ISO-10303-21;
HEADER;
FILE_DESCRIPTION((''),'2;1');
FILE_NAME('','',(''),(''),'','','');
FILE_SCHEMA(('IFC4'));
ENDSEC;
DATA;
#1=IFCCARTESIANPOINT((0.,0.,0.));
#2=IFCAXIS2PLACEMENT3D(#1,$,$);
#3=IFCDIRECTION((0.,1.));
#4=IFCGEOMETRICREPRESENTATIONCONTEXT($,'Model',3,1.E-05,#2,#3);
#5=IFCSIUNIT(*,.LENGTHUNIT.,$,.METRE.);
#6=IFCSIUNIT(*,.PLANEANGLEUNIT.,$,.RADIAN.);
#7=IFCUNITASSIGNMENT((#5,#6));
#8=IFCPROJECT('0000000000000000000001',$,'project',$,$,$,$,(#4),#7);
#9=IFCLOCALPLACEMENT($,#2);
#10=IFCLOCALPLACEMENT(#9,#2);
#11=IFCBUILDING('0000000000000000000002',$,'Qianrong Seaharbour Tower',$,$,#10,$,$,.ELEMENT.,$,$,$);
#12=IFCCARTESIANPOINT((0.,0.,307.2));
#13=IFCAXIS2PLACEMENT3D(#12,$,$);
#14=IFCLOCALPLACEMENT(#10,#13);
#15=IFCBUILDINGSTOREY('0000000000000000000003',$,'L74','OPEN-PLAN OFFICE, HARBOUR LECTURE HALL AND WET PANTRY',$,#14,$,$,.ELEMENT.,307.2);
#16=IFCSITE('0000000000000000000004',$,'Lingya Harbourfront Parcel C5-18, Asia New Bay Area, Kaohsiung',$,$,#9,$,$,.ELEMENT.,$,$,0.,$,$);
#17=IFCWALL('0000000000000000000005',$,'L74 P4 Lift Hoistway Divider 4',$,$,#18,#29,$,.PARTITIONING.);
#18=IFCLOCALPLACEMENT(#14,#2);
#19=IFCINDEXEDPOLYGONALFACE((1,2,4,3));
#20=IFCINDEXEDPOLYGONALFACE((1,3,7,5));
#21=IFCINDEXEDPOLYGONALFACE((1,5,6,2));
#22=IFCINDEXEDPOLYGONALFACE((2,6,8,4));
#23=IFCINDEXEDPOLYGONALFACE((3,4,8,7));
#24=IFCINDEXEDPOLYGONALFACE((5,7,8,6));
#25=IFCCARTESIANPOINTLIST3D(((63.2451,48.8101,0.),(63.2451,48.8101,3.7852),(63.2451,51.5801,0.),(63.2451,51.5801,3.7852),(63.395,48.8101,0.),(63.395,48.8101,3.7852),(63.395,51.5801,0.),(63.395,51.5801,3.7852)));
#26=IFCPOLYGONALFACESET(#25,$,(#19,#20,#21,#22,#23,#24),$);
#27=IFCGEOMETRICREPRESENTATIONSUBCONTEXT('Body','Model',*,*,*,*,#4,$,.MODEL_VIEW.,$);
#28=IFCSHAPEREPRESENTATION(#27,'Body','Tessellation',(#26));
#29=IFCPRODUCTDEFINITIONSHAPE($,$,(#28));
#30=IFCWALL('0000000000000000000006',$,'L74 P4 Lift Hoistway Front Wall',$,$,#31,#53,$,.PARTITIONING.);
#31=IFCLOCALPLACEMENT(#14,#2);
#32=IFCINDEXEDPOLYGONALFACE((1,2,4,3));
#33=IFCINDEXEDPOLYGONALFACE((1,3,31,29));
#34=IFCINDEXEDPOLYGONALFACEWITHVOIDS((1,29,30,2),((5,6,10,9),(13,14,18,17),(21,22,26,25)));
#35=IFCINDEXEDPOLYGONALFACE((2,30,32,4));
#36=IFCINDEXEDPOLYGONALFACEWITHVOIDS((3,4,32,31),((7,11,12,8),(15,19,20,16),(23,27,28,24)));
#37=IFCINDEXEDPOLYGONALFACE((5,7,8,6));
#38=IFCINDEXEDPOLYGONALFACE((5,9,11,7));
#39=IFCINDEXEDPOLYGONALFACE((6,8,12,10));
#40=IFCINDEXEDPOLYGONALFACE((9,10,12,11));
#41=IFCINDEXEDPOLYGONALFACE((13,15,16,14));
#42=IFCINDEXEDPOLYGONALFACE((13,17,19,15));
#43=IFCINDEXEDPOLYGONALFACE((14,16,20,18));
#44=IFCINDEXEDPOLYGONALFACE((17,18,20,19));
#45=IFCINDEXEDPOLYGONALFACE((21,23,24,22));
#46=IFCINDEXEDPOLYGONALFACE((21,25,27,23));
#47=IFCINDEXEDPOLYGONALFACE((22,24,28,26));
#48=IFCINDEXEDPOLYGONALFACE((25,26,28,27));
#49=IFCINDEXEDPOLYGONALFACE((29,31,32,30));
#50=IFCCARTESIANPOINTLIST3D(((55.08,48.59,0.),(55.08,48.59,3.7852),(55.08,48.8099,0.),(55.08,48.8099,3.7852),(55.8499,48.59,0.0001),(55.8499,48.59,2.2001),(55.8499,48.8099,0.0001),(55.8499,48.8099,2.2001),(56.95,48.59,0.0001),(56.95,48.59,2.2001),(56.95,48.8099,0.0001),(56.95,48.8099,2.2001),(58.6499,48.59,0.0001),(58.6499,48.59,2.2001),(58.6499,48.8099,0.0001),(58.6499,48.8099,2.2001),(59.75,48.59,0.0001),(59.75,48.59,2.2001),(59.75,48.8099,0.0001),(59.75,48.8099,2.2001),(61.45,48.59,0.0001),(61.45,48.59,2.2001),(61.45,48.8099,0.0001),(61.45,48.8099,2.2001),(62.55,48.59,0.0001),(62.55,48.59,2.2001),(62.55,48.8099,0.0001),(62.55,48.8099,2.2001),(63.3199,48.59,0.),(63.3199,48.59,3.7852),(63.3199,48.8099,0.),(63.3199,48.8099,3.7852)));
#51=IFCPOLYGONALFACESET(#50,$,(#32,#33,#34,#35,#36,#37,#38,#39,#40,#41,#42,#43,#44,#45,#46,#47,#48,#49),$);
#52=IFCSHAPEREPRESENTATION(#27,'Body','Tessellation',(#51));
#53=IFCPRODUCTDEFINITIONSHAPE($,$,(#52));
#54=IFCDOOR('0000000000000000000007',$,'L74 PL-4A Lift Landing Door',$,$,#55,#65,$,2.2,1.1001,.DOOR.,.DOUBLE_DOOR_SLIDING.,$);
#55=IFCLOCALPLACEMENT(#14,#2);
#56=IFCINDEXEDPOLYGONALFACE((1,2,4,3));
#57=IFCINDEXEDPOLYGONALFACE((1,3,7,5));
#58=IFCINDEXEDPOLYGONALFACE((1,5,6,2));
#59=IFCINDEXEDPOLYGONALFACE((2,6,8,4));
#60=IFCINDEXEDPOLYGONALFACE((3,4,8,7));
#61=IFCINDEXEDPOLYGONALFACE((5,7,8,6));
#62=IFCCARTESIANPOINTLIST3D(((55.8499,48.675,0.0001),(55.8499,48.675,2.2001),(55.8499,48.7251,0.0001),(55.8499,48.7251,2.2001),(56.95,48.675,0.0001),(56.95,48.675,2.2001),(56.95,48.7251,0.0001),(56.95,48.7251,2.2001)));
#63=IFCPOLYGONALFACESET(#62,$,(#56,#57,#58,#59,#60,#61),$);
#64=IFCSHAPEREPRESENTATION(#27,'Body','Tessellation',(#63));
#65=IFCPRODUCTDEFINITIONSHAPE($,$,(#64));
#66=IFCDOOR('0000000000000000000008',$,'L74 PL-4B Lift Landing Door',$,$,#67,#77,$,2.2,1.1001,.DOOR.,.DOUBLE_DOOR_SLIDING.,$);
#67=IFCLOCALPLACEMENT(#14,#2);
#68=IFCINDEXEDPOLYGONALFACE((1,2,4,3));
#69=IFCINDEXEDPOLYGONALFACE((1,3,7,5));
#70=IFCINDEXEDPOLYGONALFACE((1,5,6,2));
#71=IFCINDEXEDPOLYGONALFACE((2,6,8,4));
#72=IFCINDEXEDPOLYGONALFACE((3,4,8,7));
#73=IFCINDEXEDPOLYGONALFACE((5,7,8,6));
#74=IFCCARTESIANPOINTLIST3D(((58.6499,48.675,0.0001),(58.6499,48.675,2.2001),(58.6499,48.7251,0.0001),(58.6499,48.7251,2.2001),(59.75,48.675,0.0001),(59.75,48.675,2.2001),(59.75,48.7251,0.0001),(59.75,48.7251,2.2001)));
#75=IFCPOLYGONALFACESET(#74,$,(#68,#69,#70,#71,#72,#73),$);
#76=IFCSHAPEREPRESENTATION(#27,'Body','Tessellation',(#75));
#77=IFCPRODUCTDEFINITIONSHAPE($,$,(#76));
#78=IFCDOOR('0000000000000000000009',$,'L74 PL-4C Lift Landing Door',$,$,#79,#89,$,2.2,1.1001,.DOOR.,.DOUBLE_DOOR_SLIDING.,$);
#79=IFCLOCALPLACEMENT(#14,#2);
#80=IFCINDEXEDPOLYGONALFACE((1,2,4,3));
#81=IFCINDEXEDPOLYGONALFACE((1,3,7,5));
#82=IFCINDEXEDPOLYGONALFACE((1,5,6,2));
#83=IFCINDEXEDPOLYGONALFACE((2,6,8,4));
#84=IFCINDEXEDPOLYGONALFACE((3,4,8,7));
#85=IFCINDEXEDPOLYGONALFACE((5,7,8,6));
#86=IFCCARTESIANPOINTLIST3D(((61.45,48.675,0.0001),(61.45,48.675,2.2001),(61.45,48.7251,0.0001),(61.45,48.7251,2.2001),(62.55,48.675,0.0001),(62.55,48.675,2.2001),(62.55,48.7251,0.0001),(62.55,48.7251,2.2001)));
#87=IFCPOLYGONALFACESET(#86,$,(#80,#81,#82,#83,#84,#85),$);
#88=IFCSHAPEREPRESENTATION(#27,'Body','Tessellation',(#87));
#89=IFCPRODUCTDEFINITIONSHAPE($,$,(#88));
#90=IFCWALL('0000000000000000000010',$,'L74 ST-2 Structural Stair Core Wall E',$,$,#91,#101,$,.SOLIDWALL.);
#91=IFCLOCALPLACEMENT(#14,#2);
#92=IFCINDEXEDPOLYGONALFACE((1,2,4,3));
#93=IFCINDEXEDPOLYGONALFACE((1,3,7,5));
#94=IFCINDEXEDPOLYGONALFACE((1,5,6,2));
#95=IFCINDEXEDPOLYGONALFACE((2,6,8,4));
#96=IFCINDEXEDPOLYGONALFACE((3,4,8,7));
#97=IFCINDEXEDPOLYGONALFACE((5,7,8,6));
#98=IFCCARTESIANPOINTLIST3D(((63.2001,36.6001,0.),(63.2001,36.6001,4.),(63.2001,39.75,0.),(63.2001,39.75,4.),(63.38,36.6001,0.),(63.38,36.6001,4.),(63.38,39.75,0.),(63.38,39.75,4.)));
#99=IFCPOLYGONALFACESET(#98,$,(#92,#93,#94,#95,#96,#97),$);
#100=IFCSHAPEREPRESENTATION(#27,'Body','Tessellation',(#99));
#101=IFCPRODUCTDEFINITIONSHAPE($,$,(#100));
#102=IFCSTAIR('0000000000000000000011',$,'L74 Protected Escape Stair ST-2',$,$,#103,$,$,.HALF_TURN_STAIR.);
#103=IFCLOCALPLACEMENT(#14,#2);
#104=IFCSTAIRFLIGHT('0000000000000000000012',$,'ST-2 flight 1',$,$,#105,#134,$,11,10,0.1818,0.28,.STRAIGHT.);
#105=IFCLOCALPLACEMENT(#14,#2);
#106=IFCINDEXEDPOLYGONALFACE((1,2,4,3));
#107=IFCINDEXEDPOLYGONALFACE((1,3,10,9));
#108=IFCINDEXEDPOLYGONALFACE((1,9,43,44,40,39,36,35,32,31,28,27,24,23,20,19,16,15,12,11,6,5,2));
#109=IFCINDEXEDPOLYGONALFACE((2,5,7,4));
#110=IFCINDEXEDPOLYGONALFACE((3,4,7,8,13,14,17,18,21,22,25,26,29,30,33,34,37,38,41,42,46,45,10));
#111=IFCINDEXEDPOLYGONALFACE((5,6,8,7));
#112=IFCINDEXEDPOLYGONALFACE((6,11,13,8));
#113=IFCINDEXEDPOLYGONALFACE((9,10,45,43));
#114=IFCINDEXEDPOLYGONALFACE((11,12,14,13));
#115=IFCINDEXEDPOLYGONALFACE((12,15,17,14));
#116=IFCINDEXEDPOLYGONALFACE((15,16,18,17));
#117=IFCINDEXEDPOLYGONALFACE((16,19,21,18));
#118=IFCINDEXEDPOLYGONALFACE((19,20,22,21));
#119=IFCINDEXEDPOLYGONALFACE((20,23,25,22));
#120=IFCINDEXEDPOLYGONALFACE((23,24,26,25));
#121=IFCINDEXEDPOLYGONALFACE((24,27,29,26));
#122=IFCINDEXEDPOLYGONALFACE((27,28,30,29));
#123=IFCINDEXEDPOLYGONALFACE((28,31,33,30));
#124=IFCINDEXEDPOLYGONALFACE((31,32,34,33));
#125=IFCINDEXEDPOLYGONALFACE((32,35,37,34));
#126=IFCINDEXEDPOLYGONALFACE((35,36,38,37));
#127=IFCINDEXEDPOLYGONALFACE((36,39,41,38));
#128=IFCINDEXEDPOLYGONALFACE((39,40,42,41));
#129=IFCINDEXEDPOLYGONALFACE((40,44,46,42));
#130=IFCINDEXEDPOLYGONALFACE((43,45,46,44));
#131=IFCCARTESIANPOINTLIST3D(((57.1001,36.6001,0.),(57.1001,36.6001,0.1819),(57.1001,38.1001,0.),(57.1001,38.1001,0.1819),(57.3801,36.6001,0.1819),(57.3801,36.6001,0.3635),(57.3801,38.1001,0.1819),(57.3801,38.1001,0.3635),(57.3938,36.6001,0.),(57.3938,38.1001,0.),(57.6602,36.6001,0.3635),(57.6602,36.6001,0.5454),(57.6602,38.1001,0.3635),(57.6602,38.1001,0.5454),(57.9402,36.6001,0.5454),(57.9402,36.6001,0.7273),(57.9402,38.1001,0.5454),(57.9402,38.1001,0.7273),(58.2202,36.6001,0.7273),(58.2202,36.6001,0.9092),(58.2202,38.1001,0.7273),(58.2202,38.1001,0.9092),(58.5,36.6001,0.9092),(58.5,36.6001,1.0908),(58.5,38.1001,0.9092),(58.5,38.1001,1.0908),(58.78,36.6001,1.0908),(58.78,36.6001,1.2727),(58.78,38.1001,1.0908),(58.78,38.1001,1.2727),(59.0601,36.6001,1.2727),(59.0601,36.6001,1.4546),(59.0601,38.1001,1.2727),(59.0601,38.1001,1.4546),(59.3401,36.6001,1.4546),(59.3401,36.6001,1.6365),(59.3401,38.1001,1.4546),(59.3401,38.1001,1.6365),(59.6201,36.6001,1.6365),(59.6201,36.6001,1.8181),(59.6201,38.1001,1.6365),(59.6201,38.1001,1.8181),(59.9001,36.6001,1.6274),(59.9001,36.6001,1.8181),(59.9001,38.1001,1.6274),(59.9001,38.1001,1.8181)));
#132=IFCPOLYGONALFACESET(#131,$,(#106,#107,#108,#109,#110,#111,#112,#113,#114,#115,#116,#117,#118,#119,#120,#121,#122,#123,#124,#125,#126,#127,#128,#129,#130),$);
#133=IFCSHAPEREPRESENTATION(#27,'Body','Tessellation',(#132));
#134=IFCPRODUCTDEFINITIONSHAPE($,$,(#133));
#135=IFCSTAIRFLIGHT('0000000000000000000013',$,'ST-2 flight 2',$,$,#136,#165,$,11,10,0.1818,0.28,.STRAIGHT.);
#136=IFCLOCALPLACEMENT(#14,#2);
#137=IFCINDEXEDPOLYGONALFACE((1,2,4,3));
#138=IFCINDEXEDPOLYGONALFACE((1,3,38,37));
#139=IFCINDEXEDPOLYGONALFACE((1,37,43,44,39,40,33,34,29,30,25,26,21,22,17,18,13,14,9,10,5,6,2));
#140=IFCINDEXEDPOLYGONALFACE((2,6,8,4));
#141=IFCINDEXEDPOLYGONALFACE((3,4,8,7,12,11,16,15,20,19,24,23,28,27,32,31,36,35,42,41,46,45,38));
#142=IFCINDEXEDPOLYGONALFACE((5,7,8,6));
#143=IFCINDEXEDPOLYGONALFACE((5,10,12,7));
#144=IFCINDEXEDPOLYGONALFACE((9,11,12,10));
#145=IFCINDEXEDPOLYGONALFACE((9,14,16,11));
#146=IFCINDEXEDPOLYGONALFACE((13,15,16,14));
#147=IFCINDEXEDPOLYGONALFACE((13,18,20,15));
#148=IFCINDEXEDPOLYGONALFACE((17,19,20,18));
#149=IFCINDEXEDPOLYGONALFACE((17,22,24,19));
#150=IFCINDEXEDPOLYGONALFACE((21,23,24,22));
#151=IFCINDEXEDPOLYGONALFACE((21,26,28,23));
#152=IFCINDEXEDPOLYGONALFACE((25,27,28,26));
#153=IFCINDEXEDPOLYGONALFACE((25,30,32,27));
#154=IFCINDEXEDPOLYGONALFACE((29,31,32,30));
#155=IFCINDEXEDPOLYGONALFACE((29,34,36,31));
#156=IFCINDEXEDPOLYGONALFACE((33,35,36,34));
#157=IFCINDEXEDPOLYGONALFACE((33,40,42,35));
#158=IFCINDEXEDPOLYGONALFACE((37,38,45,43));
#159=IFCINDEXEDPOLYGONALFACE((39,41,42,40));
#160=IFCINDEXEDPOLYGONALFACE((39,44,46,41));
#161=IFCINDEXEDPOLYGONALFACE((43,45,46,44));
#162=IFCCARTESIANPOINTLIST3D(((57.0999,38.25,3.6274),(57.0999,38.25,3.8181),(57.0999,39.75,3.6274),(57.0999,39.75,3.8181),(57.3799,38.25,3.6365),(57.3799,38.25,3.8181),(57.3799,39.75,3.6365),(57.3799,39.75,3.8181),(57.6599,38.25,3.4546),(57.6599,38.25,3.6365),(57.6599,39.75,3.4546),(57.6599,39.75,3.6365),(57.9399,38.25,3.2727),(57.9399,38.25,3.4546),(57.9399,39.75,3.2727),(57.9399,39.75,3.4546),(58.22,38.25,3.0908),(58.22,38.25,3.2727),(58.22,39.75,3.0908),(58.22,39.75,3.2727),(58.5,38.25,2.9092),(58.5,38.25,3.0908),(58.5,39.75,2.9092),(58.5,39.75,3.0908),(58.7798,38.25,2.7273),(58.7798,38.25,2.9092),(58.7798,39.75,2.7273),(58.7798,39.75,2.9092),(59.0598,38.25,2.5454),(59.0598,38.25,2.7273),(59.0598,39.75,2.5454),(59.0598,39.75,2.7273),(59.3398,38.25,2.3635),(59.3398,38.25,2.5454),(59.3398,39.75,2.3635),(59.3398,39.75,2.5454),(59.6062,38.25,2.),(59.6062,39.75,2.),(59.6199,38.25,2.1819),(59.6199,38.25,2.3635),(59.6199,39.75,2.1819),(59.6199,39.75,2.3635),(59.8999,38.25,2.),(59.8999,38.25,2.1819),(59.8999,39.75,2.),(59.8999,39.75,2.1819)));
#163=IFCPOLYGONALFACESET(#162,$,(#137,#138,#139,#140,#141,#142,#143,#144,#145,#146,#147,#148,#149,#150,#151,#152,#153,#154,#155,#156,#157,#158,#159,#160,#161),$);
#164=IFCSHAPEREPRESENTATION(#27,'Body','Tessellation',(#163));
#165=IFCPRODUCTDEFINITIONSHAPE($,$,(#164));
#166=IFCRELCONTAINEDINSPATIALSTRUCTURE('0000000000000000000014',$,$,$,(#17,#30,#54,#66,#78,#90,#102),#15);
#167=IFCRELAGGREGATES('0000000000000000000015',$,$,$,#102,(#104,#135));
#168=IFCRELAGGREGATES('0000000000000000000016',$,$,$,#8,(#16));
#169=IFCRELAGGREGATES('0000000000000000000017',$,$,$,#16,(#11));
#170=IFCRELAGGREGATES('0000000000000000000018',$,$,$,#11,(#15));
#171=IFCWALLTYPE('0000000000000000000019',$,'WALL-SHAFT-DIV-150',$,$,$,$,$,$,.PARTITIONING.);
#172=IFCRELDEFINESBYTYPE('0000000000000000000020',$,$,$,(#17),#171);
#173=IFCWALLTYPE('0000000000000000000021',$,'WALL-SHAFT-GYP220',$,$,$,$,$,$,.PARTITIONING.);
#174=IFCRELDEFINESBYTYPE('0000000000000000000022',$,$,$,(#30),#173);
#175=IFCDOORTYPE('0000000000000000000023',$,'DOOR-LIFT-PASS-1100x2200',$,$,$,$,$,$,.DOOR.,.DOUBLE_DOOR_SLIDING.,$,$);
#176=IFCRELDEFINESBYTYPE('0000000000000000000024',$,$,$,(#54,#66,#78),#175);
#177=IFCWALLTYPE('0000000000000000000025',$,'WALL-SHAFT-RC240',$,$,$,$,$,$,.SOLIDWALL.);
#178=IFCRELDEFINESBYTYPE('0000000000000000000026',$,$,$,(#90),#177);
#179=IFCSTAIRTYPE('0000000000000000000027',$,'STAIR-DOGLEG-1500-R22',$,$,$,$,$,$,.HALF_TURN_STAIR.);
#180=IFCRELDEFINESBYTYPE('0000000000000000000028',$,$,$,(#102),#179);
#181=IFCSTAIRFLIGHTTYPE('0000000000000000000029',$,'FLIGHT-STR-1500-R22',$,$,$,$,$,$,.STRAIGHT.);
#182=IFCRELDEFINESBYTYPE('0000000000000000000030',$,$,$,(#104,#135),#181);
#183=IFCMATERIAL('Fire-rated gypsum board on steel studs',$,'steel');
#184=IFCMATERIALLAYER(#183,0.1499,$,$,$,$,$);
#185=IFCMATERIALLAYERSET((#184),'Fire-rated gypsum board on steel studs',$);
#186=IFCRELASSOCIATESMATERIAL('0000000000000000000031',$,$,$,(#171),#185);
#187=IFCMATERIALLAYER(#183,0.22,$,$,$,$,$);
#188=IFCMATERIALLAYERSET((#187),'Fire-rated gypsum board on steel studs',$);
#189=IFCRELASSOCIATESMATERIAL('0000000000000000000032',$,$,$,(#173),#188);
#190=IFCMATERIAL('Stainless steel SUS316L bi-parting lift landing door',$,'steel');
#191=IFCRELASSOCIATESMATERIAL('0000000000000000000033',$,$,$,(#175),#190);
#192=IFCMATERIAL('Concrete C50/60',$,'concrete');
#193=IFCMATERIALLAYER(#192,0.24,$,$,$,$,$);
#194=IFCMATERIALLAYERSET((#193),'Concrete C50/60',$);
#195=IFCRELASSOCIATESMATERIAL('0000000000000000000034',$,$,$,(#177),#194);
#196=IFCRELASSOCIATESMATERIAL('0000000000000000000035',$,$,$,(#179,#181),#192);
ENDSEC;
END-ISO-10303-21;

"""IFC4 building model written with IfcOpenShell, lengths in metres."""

from ifc_helpers import new_model, si_unit, direction, frame, frame_2d, origin, place, context, subcontext, project, spatial, polyline, rectangle, outline, extrude, material, layer, layer_set, type_object, element, fill, aggregate, save


model = new_model("IFC4")

# Units and contexts
model_context = context("Model", 3, precision=1e-05, world=origin(), true_north=direction((0.0, 1.0)))
body_context = subcontext(model_context, "Body", "Model", "MODEL_VIEW")
ifc_project = project(units=[si_unit("LENGTHUNIT", "METRE"), si_unit("PLANEANGLEUNIT", "RADIAN")], contexts=[model_context])

# Site, building, storey
site_placement = place(None, origin())
site = spatial("IfcSite", under=ifc_project, at=site_placement, Name="Lingya Harbourfront Parcel C5-18, Asia New Bay Area, Kaohsiung", CompositionType="ELEMENT", RefElevation=0.0)
building_placement = place(site_placement, origin())
building = spatial("IfcBuilding", under=site, at=building_placement, Name="Qianrong Seaharbour Tower", CompositionType="ELEMENT")
storey_placement = place(building_placement, frame((0.0, 0.0, 307.2)))
storey = spatial("IfcBuildingStorey", under=building, at=storey_placement, Name="L74", Description="OPEN-PLAN OFFICE, HARBOUR LECTURE HALL AND WET PANTRY", CompositionType="ELEMENT", Elevation=307.2)

# Wall
ifc_material_1 = material(Name="Fire-rated gypsum board on steel studs", Category="steel")
ifc_layer_1 = layer(ifc_material_1, 0.1499)
ifc_layer_set_1 = layer_set([ifc_layer_1], Name="Fire-rated gypsum board on steel studs")
wall_type_1 = type_object("IfcWallType", Name="WALL-SHAFT-DIV-150", PredefinedType="PARTITIONING", material=ifc_layer_set_1)
for number, where, z_axis, x_axis, name in (
    (1, (63.3201, 48.8101, 0.0), (0.0, 0.0, 1.0), (0.0, 1.0, 0.0), "L74 P4 Lift Hoistway Divider 4"),
):
    element("IfcWall", number, at=place(storey_placement, frame(where, z_axis=z_axis, x_axis=x_axis)), inside=storey, type_object=wall_type_1, Name=name, PredefinedType="PARTITIONING", context=body_context, shape_type="SweptSolid", body=[
        extrude(rectangle(XDim=2.77, YDim=0.1499, at=frame_2d((1.385, 0.0))), origin(), (0.0, 0.0, 1.0), 3.7852),
    ])

# Wall, openings, doors
ifc_layer_2 = layer(ifc_material_1, 0.22)
ifc_layer_set_2 = layer_set([ifc_layer_2], Name="Fire-rated gypsum board on steel studs")
wall_type_2 = type_object("IfcWallType", Name="WALL-SHAFT-GYP220", PredefinedType="PARTITIONING", material=ifc_layer_set_2)
wall_1_placement = place(storey_placement, frame((63.3201, 48.7, 0.0), z_axis=(0.0, 0.0, 1.0), x_axis=(-1.0, 0.0, 0.0)))
wall_1 = element("IfcWall", 2, at=wall_1_placement, inside=storey, type_object=wall_type_2, Name="L74 P4 Lift Hoistway Front Wall", PredefinedType="PARTITIONING", context=body_context, shape_type="SweptSolid", body=[
    extrude(rectangle(XDim=8.24, YDim=0.22, at=frame_2d((4.1201, 0.0))), origin(), (0.0, 0.0, 1.0), 3.7852),
])
opening_1_placement = place(wall_1_placement, frame((6.3701, 0.0, 0.0)))
opening_1 = element("IfcOpeningElement", 3, at=opening_1_placement, cuts=wall_1, PredefinedType="OPENING", context=body_context, shape_type="SweptSolid", body=[
    extrude(rectangle(XDim=1.1001, YDim=2.2, at=frame_2d((0.55, 1.1001))), frame((0.0, 0.1201, 0.0), z_axis=(0.0, -1.0, 0.0), x_axis=(1.0, 0.0, 0.0)), (0.0, 0.0, 1.0), 0.24),
])
opening_2_placement = place(wall_1_placement, frame((3.5701, 0.0, 0.0)))
opening_2 = element("IfcOpeningElement", 4, at=opening_2_placement, cuts=wall_1, PredefinedType="OPENING", context=body_context, shape_type="SweptSolid", body=[
    extrude(rectangle(XDim=1.1001, YDim=2.2, at=frame_2d((0.55, 1.1001))), frame((0.0, 0.1201, 0.0), z_axis=(0.0, -1.0, 0.0), x_axis=(1.0, 0.0, 0.0)), (0.0, 0.0, 1.0), 0.24),
])
opening_3_placement = place(wall_1_placement, frame((0.77, 0.0, 0.0)))
opening_3 = element("IfcOpeningElement", 5, at=opening_3_placement, cuts=wall_1, PredefinedType="OPENING", context=body_context, shape_type="SweptSolid", body=[
    extrude(rectangle(XDim=1.1001, YDim=2.2, at=frame_2d((0.55, 1.1001))), frame((0.0, 0.1201, 0.0), z_axis=(0.0, -1.0, 0.0), x_axis=(1.0, 0.0, 0.0)), (0.0, 0.0, 1.0), 0.24),
])
ifc_material_2 = material(Name="Stainless steel SUS316L bi-parting lift landing door", Category="steel")
door_type_1 = type_object("IfcDoorType", Name="DOOR-LIFT-PASS-1100x2200", OperationType="DOUBLE_DOOR_SLIDING", PredefinedType="DOOR", material=ifc_material_2)
door_1_placement = place(opening_1_placement, origin())
door_1 = element("IfcDoor", 6, at=door_1_placement, inside=storey, type_object=door_type_1, Name="L74 PL-4A Lift Landing Door", OperationType="DOUBLE_DOOR_SLIDING", OverallHeight=2.2, OverallWidth=1.1001, PredefinedType="DOOR", context=body_context, shape_type="SweptSolid", body=[
    extrude(rectangle(XDim=1.1001, YDim=2.2, at=frame_2d((0.55, 1.1001))), frame((0.0, 0.0249, 0.0), z_axis=(0.0, -1.0, 0.0), x_axis=(1.0, 0.0, 0.0)), (0.0, 0.0, 1.0), 0.05),
])
fill(opening_1, door_1)
door_2_placement = place(opening_2_placement, origin())
door_2 = element("IfcDoor", 7, at=door_2_placement, inside=storey, type_object=door_type_1, Name="L74 PL-4B Lift Landing Door", OperationType="DOUBLE_DOOR_SLIDING", OverallHeight=2.2, OverallWidth=1.1001, PredefinedType="DOOR", context=body_context, shape_type="SweptSolid", body=[
    extrude(rectangle(XDim=1.1001, YDim=2.2, at=frame_2d((0.55, 1.1001))), frame((0.0, 0.0249, 0.0), z_axis=(0.0, -1.0, 0.0), x_axis=(1.0, 0.0, 0.0)), (0.0, 0.0, 1.0), 0.05),
])
fill(opening_2, door_2)
door_3_placement = place(opening_3_placement, origin())
door_3 = element("IfcDoor", 8, at=door_3_placement, inside=storey, type_object=door_type_1, Name="L74 PL-4C Lift Landing Door", OperationType="DOUBLE_DOOR_SLIDING", OverallHeight=2.2, OverallWidth=1.1001, PredefinedType="DOOR", context=body_context, shape_type="SweptSolid", body=[
    extrude(rectangle(XDim=1.1001, YDim=2.2, at=frame_2d((0.55, 1.1001))), frame((0.0, 0.0249, 0.0), z_axis=(0.0, -1.0, 0.0), x_axis=(1.0, 0.0, 0.0)), (0.0, 0.0, 1.0), 0.05),
])
fill(opening_3, door_3)

# Wall
ifc_material_3 = material(Name="Concrete C50/60", Category="concrete")
ifc_layer_3 = layer(ifc_material_3, 0.24)
ifc_layer_set_3 = layer_set([ifc_layer_3], Name="Concrete C50/60")
wall_type_3 = type_object("IfcWallType", Name="WALL-SHAFT-RC240", PredefinedType="SOLIDWALL", material=ifc_layer_set_3)
wall_2_placement = place(storey_placement, frame((63.29, 36.6001, 0.0), z_axis=(0.0, 0.0, 1.0), x_axis=(0.0, 1.0, 0.0)))
element("IfcWall", 9, at=wall_2_placement, inside=storey, type_object=wall_type_3, Name="L74 ST-2 Structural Stair Core Wall E", PredefinedType="SOLIDWALL", context=body_context, shape_type="SweptSolid", body=[
    extrude(rectangle(XDim=3.1499, YDim=0.1799, at=frame_2d((1.575, 0.0))), origin(), (0.0, 0.0, 1.0), 4.0),
])

# Stair, stair flights
stair_type = type_object("IfcStairType", Name="STAIR-DOGLEG-1500-R22", PredefinedType="HALF_TURN_STAIR", material=ifc_material_3)
stair_placement = place(storey_placement, origin())
stair = element("IfcStair", 10, at=stair_placement, inside=storey, type_object=stair_type, Name="L74 Protected Escape Stair ST-2", PredefinedType="HALF_TURN_STAIR")
stair_flight_type = type_object("IfcStairFlightType", Name="FLIGHT-STR-1500-R22", PredefinedType="STRAIGHT", material=ifc_material_3)
stair_flight_1_placement = place(storey_placement, frame((57.1001, 37.3501, 0.0), z_axis=(0.0, 0.0, 1.0), x_axis=(1.0, 0.0, 0.0)))
stair_flight_1 = element("IfcStairFlight", 11, at=stair_flight_1_placement, type_object=stair_flight_type, Name="ST-2 flight 1", NumberOfRisers=11, NumberOfTreads=10, PredefinedType="STRAIGHT", RiserHeight=0.1818, TreadLength=0.28, context=body_context, shape_type="SweptSolid", body=[
    extrude(outline(polyline([(0.0, 0.0), (0.0, 0.1819), (0.28, 0.1819), (0.28, 0.3635), (0.5601, 0.3635), (0.5601, 0.5454), (0.8401, 0.5454), (0.8401, 0.7273), (1.1201, 0.7273), (1.1201, 0.9092), (1.3999, 0.9092), (1.3999, 1.0908), (1.6799, 1.0908), (1.6799, 1.2727), (1.96, 1.2727), (1.96, 1.4546), (2.24, 1.4546), (2.24, 1.6365), (2.52, 1.6365), (2.52, 1.8181), (2.8, 1.8181), (2.8, 2.0), (2.8, 1.6274), (0.2937, 0.0), (0.0, 0.0)])), frame((0.0, 0.75, 0.0), z_axis=(0.0, -1.0, 0.0), x_axis=(1.0, 0.0, 0.0)), (0.0, 0.0, 1.0), 1.5),
])
stair_flight_2_placement = place(storey_placement, frame((59.8999, 39.0, 2.0), z_axis=(0.0, 0.0, 1.0), x_axis=(-1.0, 0.0, 0.0)))
stair_flight_2 = element("IfcStairFlight", 12, at=stair_flight_2_placement, type_object=stair_flight_type, Name="ST-2 flight 2", NumberOfRisers=11, NumberOfTreads=10, PredefinedType="STRAIGHT", RiserHeight=0.1818, TreadLength=0.28, context=body_context, shape_type="SweptSolid", body=[
    extrude(outline(polyline([(0.0, 0.0), (0.0, 0.1819), (0.28, 0.1819), (0.28, 0.3635), (0.5601, 0.3635), (0.5601, 0.5454), (0.8401, 0.5454), (0.8401, 0.7273), (1.1201, 0.7273), (1.1201, 0.9092), (1.3999, 0.9092), (1.3999, 1.0908), (1.6799, 1.0908), (1.6799, 1.2727), (1.96, 1.2727), (1.96, 1.4546), (2.24, 1.4546), (2.24, 1.6365), (2.52, 1.6365), (2.52, 1.8181), (2.8, 1.8181), (2.8, 2.0), (2.8, 1.6274), (0.2937, 0.0), (0.0, 0.0)])), frame((0.0, 0.75, 0.0), z_axis=(0.0, -1.0, 0.0), x_axis=(1.0, 0.0, 0.0)), (0.0, 0.0, 1.0), 1.5),
])
aggregate(stair, [stair_flight_1, stair_flight_2])

save(model, "model.ifc")
